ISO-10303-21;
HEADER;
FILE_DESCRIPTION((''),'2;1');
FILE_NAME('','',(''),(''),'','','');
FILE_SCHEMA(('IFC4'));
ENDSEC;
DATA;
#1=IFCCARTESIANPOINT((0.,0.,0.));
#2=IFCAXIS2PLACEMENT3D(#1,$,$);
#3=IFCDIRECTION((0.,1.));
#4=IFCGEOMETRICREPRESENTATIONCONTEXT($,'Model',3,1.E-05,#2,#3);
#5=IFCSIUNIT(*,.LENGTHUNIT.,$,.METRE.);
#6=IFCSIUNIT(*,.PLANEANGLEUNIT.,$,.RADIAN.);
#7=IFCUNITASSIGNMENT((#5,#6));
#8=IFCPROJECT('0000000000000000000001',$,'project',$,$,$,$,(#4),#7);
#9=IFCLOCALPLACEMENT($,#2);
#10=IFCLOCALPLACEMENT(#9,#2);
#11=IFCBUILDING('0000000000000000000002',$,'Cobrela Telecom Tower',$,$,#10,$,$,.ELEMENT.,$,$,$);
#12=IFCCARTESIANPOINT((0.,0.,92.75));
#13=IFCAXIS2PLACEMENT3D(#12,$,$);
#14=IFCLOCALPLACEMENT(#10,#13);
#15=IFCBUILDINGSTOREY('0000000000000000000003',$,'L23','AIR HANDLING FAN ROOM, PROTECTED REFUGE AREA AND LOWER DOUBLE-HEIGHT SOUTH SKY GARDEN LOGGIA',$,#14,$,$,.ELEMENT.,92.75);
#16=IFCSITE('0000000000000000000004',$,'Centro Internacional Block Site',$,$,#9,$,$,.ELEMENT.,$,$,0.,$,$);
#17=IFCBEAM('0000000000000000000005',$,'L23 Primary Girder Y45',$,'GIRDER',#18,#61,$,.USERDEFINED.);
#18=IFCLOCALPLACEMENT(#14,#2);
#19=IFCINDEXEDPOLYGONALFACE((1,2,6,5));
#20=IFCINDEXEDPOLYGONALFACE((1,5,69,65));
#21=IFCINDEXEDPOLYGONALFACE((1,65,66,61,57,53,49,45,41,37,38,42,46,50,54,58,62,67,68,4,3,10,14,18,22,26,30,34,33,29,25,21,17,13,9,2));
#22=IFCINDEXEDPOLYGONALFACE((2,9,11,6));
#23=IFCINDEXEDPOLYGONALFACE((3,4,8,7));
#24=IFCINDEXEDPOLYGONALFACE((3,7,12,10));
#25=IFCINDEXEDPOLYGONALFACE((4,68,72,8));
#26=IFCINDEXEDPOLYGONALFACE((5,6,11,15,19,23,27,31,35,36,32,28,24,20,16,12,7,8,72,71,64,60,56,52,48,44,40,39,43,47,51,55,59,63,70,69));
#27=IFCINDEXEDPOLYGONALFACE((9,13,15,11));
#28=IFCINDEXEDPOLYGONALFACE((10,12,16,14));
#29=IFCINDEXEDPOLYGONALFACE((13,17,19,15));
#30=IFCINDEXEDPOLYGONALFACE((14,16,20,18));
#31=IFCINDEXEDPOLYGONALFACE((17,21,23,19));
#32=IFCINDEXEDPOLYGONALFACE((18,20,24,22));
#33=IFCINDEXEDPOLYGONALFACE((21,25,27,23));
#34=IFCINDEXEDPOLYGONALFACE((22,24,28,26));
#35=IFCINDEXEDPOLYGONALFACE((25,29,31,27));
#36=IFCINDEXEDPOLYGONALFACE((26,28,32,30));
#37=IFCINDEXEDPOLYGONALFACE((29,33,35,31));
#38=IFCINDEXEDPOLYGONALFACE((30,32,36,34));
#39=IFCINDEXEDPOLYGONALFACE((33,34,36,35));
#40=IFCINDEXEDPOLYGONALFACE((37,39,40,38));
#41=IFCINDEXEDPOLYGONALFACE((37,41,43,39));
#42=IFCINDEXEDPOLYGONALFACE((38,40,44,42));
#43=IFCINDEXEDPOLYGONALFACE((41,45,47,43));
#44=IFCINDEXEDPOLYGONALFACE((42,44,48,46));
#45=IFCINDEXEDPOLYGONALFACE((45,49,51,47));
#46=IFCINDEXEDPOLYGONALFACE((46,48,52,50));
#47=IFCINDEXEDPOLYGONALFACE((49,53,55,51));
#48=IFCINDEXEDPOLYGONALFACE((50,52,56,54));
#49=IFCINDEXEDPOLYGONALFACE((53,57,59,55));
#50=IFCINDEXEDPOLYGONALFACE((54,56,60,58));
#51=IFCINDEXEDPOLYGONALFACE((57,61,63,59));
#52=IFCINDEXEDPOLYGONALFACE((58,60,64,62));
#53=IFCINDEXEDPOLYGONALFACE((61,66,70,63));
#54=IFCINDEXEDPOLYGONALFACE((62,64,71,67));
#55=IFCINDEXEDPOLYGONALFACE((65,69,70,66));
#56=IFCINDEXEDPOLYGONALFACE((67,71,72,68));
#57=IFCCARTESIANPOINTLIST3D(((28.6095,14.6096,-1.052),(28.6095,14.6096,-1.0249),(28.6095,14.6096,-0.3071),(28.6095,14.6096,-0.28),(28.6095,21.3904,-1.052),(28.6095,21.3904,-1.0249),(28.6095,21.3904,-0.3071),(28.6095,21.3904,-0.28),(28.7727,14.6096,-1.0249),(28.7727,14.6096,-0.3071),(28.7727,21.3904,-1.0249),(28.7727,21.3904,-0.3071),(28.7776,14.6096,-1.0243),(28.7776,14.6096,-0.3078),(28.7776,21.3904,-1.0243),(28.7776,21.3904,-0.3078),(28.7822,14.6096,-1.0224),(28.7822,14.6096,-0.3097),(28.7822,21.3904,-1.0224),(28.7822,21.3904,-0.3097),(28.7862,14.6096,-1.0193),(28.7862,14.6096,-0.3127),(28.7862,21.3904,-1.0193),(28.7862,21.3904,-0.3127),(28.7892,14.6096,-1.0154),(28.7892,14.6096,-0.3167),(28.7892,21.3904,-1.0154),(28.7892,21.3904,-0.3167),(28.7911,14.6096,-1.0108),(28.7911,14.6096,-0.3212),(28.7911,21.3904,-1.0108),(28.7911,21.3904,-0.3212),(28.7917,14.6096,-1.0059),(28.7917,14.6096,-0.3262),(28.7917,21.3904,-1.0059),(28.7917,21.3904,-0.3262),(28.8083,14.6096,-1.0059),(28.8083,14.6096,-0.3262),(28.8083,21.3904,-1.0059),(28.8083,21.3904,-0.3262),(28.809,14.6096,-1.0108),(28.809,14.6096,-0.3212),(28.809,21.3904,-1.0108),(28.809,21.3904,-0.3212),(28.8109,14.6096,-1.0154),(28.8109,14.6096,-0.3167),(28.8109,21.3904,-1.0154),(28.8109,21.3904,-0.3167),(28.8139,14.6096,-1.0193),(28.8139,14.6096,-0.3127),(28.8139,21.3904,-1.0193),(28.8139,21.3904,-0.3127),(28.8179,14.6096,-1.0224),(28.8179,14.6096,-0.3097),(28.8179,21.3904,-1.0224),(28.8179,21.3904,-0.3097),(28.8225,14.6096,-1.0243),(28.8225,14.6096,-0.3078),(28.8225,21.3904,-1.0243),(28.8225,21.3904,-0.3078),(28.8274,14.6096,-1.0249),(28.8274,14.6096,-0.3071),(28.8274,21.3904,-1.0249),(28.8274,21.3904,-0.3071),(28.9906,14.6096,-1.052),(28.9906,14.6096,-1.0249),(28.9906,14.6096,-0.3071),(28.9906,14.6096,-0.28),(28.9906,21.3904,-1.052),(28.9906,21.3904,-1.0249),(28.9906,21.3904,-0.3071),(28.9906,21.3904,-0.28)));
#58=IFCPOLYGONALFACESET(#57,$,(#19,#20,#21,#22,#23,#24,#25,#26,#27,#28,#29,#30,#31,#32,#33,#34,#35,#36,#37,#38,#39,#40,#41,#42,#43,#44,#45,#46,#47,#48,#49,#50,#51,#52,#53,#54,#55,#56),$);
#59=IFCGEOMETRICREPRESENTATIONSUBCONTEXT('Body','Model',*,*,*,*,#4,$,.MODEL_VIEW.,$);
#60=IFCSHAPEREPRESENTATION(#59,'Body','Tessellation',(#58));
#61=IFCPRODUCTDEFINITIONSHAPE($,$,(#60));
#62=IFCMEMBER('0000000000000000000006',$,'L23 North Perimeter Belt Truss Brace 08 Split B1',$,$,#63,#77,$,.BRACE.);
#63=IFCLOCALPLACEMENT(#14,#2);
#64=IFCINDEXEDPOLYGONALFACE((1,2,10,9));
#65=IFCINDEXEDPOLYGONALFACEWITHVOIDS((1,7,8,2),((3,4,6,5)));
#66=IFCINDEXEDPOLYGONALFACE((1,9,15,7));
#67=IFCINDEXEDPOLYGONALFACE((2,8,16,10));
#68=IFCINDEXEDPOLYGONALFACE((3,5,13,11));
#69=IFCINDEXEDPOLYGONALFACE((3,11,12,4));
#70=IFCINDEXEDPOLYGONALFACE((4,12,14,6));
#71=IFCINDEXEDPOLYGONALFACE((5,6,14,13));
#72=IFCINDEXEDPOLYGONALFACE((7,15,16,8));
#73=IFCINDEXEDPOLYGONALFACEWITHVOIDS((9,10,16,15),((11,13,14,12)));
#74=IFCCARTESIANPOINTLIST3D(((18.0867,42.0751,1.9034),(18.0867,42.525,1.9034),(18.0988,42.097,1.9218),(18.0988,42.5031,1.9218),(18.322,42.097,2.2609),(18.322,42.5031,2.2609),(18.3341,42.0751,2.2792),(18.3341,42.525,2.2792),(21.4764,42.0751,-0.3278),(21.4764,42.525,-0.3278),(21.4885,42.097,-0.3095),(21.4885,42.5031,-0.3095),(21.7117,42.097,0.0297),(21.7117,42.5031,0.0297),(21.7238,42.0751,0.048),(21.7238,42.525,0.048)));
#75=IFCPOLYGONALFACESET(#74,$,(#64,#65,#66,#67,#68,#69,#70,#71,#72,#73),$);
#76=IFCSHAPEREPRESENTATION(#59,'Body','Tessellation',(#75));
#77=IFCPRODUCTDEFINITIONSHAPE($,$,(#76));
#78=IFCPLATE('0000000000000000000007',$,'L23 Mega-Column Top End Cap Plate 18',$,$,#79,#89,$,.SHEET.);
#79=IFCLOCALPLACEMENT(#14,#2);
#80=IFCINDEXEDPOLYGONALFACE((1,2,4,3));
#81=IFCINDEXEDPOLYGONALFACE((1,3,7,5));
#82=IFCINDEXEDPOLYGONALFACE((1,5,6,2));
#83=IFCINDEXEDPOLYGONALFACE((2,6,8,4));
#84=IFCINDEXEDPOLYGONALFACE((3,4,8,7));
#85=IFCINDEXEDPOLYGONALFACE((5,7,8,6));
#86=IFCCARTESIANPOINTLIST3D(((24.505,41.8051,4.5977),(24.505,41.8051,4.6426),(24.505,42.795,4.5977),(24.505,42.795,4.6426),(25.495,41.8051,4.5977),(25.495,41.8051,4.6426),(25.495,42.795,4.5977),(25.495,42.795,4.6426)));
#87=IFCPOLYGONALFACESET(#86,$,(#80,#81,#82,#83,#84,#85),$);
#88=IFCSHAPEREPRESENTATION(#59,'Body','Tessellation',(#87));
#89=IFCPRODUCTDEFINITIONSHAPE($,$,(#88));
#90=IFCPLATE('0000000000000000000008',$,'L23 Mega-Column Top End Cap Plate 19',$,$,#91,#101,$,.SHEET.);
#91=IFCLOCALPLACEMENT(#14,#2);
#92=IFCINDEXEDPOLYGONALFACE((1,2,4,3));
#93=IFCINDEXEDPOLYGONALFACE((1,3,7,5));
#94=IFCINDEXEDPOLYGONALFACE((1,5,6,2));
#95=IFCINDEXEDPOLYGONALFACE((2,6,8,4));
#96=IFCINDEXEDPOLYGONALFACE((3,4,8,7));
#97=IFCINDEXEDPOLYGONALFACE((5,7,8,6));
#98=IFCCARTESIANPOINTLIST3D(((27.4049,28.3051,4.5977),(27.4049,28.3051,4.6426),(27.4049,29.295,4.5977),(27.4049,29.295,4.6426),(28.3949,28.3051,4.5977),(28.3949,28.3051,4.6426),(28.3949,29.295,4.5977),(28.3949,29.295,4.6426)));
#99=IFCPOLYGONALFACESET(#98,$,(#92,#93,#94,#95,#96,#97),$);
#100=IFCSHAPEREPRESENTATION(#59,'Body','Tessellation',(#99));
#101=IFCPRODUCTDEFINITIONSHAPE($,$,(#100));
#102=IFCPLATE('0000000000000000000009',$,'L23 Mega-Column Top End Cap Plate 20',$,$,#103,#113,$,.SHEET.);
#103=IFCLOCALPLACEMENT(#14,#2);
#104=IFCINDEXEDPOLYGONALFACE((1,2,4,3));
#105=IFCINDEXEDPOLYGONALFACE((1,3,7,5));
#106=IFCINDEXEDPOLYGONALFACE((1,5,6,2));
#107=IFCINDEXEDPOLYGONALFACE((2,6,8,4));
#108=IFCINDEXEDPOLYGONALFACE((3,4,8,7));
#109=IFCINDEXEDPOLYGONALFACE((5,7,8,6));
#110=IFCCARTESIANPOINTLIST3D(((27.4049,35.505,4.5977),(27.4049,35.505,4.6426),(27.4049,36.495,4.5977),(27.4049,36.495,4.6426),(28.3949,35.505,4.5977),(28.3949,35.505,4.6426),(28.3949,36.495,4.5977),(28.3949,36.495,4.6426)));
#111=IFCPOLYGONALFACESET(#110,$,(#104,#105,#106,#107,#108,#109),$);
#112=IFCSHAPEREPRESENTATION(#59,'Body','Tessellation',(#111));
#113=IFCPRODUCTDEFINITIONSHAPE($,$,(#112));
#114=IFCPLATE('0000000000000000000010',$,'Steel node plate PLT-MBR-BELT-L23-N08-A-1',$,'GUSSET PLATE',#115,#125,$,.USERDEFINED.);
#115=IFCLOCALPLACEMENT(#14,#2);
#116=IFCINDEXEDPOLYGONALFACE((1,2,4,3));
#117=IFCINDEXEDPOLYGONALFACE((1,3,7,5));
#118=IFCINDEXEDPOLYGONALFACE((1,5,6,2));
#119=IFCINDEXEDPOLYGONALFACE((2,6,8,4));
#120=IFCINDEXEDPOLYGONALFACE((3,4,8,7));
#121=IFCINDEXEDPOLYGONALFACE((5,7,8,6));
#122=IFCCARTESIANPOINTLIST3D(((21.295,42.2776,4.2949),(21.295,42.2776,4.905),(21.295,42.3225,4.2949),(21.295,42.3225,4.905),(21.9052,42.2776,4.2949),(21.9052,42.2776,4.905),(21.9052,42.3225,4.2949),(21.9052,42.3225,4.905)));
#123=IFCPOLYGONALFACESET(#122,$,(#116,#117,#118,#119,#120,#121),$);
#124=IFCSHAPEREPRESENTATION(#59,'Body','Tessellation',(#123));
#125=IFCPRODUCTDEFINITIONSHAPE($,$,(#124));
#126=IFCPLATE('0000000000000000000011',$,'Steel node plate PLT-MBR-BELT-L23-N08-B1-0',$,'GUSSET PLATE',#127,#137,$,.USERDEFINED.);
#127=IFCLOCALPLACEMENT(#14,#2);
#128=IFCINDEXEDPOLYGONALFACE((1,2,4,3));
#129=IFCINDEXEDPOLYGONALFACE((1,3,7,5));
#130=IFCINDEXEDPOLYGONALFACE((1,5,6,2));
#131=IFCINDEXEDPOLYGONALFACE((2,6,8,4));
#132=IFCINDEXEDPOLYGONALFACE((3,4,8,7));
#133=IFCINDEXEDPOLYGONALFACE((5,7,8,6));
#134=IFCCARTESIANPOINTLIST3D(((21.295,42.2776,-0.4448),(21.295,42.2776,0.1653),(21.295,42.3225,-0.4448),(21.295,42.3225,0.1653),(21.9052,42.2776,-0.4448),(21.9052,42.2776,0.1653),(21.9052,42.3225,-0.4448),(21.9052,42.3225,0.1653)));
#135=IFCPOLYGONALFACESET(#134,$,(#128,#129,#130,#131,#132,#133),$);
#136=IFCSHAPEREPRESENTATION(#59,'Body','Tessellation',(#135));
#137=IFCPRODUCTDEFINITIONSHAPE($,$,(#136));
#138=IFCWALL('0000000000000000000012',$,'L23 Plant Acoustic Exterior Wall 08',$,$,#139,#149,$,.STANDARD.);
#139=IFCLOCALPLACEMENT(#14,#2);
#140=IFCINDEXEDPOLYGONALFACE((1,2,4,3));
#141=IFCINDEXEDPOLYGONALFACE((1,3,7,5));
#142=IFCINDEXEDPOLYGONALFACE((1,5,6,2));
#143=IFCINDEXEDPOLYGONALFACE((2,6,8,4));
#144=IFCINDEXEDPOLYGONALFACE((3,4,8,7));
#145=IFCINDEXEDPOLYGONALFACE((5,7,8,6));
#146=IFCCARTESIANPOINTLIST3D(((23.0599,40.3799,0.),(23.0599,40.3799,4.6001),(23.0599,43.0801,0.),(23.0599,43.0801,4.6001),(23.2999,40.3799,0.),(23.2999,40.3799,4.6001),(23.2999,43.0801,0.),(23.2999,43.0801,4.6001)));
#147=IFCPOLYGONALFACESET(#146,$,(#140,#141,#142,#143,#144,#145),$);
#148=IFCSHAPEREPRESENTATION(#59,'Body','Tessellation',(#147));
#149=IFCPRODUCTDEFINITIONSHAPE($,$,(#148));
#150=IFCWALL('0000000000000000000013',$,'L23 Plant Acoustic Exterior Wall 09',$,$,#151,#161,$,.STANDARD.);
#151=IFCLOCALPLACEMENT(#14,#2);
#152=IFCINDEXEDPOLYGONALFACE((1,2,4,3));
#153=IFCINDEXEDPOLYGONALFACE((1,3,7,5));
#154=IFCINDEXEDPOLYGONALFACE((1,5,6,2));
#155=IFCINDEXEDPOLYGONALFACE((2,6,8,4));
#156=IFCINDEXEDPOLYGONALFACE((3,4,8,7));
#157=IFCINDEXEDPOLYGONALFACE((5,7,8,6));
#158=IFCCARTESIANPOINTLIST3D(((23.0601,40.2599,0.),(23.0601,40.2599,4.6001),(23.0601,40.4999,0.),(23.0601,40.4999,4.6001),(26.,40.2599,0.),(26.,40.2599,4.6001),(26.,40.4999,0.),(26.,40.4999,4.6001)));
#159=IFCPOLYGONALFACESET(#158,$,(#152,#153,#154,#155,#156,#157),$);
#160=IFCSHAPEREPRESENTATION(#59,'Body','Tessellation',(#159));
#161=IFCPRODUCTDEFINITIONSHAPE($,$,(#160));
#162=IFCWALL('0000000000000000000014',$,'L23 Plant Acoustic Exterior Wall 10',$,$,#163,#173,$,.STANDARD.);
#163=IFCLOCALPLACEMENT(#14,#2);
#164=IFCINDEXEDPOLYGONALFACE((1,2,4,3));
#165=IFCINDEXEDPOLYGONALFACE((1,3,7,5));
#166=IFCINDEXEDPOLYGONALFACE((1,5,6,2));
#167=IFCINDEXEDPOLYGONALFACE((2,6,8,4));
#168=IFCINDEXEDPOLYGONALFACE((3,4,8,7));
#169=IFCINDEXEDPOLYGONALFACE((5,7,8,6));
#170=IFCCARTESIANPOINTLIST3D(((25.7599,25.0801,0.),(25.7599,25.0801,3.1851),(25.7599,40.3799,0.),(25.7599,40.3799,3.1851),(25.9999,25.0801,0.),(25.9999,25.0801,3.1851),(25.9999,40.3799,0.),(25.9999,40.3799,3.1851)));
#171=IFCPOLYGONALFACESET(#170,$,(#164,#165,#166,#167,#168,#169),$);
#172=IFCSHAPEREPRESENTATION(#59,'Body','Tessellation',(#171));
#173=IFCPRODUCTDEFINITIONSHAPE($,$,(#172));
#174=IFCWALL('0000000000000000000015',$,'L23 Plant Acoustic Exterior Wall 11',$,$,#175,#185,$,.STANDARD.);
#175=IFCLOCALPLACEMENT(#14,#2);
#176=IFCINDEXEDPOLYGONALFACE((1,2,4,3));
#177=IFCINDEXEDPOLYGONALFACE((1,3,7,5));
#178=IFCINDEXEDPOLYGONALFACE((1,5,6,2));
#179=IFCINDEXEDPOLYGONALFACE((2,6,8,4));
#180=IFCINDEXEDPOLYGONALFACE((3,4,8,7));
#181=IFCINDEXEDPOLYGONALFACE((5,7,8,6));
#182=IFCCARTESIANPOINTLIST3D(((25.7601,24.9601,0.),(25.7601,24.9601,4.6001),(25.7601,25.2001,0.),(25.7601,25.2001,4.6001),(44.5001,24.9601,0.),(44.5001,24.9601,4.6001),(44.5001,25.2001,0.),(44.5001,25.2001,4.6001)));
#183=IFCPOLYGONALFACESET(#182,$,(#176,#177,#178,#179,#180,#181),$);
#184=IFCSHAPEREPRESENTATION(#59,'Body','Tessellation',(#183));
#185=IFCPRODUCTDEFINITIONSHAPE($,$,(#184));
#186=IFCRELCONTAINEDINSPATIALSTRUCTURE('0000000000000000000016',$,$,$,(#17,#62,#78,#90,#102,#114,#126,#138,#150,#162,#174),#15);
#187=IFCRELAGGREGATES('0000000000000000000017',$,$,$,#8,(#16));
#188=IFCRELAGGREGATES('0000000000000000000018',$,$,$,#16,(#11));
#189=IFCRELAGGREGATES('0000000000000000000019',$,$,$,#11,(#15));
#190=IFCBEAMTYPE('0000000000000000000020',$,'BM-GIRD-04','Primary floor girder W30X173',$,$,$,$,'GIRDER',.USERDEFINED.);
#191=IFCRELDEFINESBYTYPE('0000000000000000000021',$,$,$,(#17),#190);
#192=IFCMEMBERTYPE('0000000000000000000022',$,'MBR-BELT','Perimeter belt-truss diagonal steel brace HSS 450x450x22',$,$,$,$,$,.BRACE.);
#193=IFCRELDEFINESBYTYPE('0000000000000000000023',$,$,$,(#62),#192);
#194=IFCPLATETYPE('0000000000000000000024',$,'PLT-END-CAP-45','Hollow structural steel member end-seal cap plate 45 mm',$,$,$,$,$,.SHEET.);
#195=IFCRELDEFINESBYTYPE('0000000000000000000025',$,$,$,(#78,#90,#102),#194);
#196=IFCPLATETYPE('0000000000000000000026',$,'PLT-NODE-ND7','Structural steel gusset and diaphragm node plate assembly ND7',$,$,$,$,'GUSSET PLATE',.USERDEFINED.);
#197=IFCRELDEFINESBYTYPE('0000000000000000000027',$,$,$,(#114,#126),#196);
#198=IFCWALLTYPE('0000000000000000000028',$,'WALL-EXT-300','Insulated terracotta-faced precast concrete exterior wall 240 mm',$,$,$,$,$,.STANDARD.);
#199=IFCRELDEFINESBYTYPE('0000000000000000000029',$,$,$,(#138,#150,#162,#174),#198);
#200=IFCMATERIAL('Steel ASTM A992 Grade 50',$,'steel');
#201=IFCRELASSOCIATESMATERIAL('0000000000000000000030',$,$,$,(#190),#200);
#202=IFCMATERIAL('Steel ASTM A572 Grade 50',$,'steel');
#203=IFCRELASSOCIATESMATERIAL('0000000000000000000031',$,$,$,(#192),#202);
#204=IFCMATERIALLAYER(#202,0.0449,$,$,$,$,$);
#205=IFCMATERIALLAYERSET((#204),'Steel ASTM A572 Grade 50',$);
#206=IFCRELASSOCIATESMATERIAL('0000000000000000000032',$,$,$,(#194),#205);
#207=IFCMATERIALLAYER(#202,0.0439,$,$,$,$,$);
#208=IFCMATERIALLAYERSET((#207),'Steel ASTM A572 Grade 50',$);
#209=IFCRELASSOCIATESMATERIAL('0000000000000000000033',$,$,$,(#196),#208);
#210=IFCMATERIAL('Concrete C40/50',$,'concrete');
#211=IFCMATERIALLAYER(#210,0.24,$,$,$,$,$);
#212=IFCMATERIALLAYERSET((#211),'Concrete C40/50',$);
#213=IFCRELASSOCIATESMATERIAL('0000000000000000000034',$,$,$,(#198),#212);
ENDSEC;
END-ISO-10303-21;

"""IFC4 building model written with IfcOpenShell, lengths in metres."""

from ifc_helpers import new_model, si_unit, direction, frame, frame_2d, origin, origin_2d, place, context, subcontext, project, spatial, rectangle, hollow_rectangle, i_section, extrude, material, layer, layer_set, material_profile, profile_set, type_object, element, save


model = new_model("IFC4")

# Units and contexts
model_context = context("Model", 3, precision=1e-05, world=origin(), true_north=direction((0.0, 1.0)))
body_context = subcontext(model_context, "Body", "Model", "MODEL_VIEW")
ifc_project = project(units=[si_unit("LENGTHUNIT", "METRE"), si_unit("PLANEANGLEUNIT", "RADIAN")], contexts=[model_context])

# Site, building, storey
site_placement = place(None, origin())
site = spatial("IfcSite", under=ifc_project, at=site_placement, Name="Centro Internacional Block Site", CompositionType="ELEMENT", RefElevation=0.0)
building_placement = place(site_placement, origin())
building = spatial("IfcBuilding", under=site, at=building_placement, Name="Cobrela Telecom Tower", CompositionType="ELEMENT")
storey_placement = place(building_placement, frame((0.0, 0.0, 92.75)))
storey = spatial("IfcBuildingStorey", under=building, at=storey_placement, Name="L23", Description="AIR HANDLING FAN ROOM, PROTECTED REFUGE AREA AND LOWER DOUBLE-HEIGHT SOUTH SKY GARDEN LOGGIA", CompositionType="ELEMENT", Elevation=92.75)

# Shared definitions
ifc_material_1 = material(Name="Steel ASTM A992 Grade 50", Category="steel")
ifc_material_2 = material(Name="Steel ASTM A572 Grade 50", Category="steel")

# Beam
ifc_material_profile_1 = material_profile(ifc_material_1, i_section(OverallWidth=0.3811, OverallDepth=0.772, WebThickness=0.0166, FlangeThickness=0.0271, FilletRadius=0.019, at=origin_2d()), Name="W30X173")
ifc_profile_set_1 = profile_set([ifc_material_profile_1], Name="Steel ASTM A992 Grade 50")
beam_type = type_object("IfcBeamType", Name="BM-GIRD-04", Description="Primary floor girder W30X173", ElementType="GIRDER", PredefinedType="USERDEFINED", material=ifc_profile_set_1)
beam_1_placement = place(storey_placement, frame((28.8, 14.6096, -0.666), z_axis=(0.0, 1.0, 0.0), x_axis=(-1.0, 0.0, 0.0)))
element("IfcBeam", 1, at=beam_1_placement, inside=storey, type_object=beam_type, Name="L23 Primary Girder Y45", ObjectType="GIRDER", PredefinedType="USERDEFINED", context=body_context, shape_type="SweptSolid", body=[
    extrude(i_section(OverallWidth=0.3811, OverallDepth=0.772, WebThickness=0.0166, FlangeThickness=0.0271, FilletRadius=0.019, at=origin_2d()), origin(), (0.0, 0.0, 1.0), 6.7808),
])

# Member
ifc_material_profile_2 = material_profile(ifc_material_2, hollow_rectangle(XDim=0.45, YDim=0.45, WallThickness=0.022, at=origin_2d()), Name="HSS 450x450x22")
ifc_profile_set_2 = profile_set([ifc_material_profile_2], Name="Steel ASTM A572 Grade 50")
member_type = type_object("IfcMemberType", Name="MBR-BELT", Description="Perimeter belt-truss diagonal steel brace HSS 450x450x22", PredefinedType="BRACE", material=ifc_profile_set_2)
member_placement = place(storey_placement, frame((21.6001, 42.3, -0.1399), z_axis=(-0.835285, 0.0, 0.549818), x_axis=(0.0, -1.0, 0.0)))
element("IfcMember", 2, at=member_placement, inside=storey, type_object=member_type, Name="L23 North Perimeter Belt Truss Brace 08 Split B1", PredefinedType="BRACE", context=body_context, shape_type="SweptSolid", body=[
    extrude(hollow_rectangle(XDim=0.45, YDim=0.45, WallThickness=0.022, at=origin_2d()), origin(), (0.0, 0.0, 1.0), 4.0581),
])

# Plates
ifc_layer_1 = layer(ifc_material_2, 0.0449)
ifc_layer_set_1 = layer_set([ifc_layer_1], Name="Steel ASTM A572 Grade 50")
plate_type_1 = type_object("IfcPlateType", Name="PLT-END-CAP-45", Description="Hollow structural steel member end-seal cap plate 45 mm", PredefinedType="SHEET", material=ifc_layer_set_1)
for number, where, z_axis, x_axis, name in (
    (3, (25.0, 42.3, 4.5977), (0.0, 0.0, 1.0), (1.0, 0.0, 0.0), "L23 Mega-Column Top End Cap Plate 18"),
    (4, (27.8999, 28.8, 4.5977), (0.0, 0.0, 1.0), (1.0, 0.0, 0.0), "L23 Mega-Column Top End Cap Plate 19"),
    (5, (27.8999, 36.0, 4.5977), (0.0, 0.0, 1.0), (1.0, 0.0, 0.0), "L23 Mega-Column Top End Cap Plate 20"),
):
    element("IfcPlate", number, at=place(storey_placement, frame(where, z_axis=z_axis, x_axis=x_axis)), inside=storey, type_object=plate_type_1, Name=name, PredefinedType="SHEET", context=body_context, shape_type="SweptSolid", body=[
        extrude(rectangle(XDim=0.99, YDim=0.99, at=origin_2d()), origin(), (0.0, 0.0, 1.0), 0.0449),
    ])
ifc_layer_2 = layer(ifc_material_2, 0.0439)
ifc_layer_set_2 = layer_set([ifc_layer_2], Name="Steel ASTM A572 Grade 50")
plate_type_2 = type_object("IfcPlateType", Name="PLT-NODE-ND7", Description="Structural steel gusset and diaphragm node plate assembly ND7", ElementType="GUSSET PLATE", PredefinedType="USERDEFINED", material=ifc_layer_set_2)
for number, where, z_axis, x_axis, name in (
    (6, (21.6001, 42.3, 4.2949), (0.0, 0.0, 1.0), (1.0, 0.0, 0.0), "Steel node plate PLT-MBR-BELT-L23-N08-A-1"),
    (7, (21.6001, 42.3, -0.4448), (0.0, 0.0, 1.0), (-1.0, 0.0, 0.0), "Steel node plate PLT-MBR-BELT-L23-N08-B1-0"),
):
    element("IfcPlate", number, at=place(storey_placement, frame(where, z_axis=z_axis, x_axis=x_axis)), inside=storey, type_object=plate_type_2, Name=name, ObjectType="GUSSET PLATE", PredefinedType="USERDEFINED", context=body_context, shape_type="SweptSolid", body=[
        extrude(rectangle(XDim=0.6101, YDim=0.0449, at=origin_2d()), origin(), (0.0, 0.0, 1.0), 0.6101),
    ])

# Walls
ifc_material_3 = material(Name="Concrete C40/50", Category="concrete")
ifc_layer_3 = layer(ifc_material_3, 0.24)
ifc_layer_set_3 = layer_set([ifc_layer_3], Name="Concrete C40/50")
wall_type = type_object("IfcWallType", Name="WALL-EXT-300", Description="Insulated terracotta-faced precast concrete exterior wall 240 mm", PredefinedType="STANDARD", material=ifc_layer_set_3)
wall_1_placement = place(storey_placement, frame((23.1799, 43.0801, 0.0), z_axis=(0.0, 0.0, 1.0), x_axis=(0.0, -1.0, 0.0)))
element("IfcWall", 8, at=wall_1_placement, inside=storey, type_object=wall_type, Name="L23 Plant Acoustic Exterior Wall 08", PredefinedType="STANDARD", context=body_context, shape_type="SweptSolid", body=[
    extrude(rectangle(XDim=2.7002, YDim=0.24, at=frame_2d((1.3501, 0.0))), origin(), (0.0, 0.0, 1.0), 4.6001),
])
wall_2_placement = place(storey_placement, frame((23.0601, 40.3799, 0.0), z_axis=(0.0, 0.0, 1.0), x_axis=(1.0, 0.0, 0.0)))
element("IfcWall", 9, at=wall_2_placement, inside=storey, type_object=wall_type, Name="L23 Plant Acoustic Exterior Wall 09", PredefinedType="STANDARD", context=body_context, shape_type="SweptSolid", body=[
    extrude(rectangle(XDim=2.9399, YDim=0.24, at=frame_2d((1.47, 0.0))), origin(), (0.0, 0.0, 1.0), 4.6001),
])
wall_3_placement = place(storey_placement, frame((25.8799, 40.3799, 0.0), z_axis=(0.0, 0.0, 1.0), x_axis=(0.0, -1.0, 0.0)))
element("IfcWall", 10, at=wall_3_placement, inside=storey, type_object=wall_type, Name="L23 Plant Acoustic Exterior Wall 10", PredefinedType="STANDARD", context=body_context, shape_type="SweptSolid", body=[
    extrude(rectangle(XDim=15.2998, YDim=0.24, at=frame_2d((7.6499, 0.0))), origin(), (0.0, 0.0, 1.0), 3.1851),
])
wall_4_placement = place(storey_placement, frame((25.76, 25.0801, 0.0), z_axis=(0.0, 0.0, 1.0), x_axis=(1.0, 0.0, 0.0)))
element("IfcWall", 11, at=wall_4_placement, inside=storey, type_object=wall_type, Name="L23 Plant Acoustic Exterior Wall 11", PredefinedType="STANDARD", context=body_context, shape_type="SweptSolid", body=[
    extrude(rectangle(XDim=18.74, YDim=0.24, at=frame_2d((9.3701, 0.0))), origin(), (0.0, 0.0, 1.0), 4.6001),
])

save(model, "model.ifc")
